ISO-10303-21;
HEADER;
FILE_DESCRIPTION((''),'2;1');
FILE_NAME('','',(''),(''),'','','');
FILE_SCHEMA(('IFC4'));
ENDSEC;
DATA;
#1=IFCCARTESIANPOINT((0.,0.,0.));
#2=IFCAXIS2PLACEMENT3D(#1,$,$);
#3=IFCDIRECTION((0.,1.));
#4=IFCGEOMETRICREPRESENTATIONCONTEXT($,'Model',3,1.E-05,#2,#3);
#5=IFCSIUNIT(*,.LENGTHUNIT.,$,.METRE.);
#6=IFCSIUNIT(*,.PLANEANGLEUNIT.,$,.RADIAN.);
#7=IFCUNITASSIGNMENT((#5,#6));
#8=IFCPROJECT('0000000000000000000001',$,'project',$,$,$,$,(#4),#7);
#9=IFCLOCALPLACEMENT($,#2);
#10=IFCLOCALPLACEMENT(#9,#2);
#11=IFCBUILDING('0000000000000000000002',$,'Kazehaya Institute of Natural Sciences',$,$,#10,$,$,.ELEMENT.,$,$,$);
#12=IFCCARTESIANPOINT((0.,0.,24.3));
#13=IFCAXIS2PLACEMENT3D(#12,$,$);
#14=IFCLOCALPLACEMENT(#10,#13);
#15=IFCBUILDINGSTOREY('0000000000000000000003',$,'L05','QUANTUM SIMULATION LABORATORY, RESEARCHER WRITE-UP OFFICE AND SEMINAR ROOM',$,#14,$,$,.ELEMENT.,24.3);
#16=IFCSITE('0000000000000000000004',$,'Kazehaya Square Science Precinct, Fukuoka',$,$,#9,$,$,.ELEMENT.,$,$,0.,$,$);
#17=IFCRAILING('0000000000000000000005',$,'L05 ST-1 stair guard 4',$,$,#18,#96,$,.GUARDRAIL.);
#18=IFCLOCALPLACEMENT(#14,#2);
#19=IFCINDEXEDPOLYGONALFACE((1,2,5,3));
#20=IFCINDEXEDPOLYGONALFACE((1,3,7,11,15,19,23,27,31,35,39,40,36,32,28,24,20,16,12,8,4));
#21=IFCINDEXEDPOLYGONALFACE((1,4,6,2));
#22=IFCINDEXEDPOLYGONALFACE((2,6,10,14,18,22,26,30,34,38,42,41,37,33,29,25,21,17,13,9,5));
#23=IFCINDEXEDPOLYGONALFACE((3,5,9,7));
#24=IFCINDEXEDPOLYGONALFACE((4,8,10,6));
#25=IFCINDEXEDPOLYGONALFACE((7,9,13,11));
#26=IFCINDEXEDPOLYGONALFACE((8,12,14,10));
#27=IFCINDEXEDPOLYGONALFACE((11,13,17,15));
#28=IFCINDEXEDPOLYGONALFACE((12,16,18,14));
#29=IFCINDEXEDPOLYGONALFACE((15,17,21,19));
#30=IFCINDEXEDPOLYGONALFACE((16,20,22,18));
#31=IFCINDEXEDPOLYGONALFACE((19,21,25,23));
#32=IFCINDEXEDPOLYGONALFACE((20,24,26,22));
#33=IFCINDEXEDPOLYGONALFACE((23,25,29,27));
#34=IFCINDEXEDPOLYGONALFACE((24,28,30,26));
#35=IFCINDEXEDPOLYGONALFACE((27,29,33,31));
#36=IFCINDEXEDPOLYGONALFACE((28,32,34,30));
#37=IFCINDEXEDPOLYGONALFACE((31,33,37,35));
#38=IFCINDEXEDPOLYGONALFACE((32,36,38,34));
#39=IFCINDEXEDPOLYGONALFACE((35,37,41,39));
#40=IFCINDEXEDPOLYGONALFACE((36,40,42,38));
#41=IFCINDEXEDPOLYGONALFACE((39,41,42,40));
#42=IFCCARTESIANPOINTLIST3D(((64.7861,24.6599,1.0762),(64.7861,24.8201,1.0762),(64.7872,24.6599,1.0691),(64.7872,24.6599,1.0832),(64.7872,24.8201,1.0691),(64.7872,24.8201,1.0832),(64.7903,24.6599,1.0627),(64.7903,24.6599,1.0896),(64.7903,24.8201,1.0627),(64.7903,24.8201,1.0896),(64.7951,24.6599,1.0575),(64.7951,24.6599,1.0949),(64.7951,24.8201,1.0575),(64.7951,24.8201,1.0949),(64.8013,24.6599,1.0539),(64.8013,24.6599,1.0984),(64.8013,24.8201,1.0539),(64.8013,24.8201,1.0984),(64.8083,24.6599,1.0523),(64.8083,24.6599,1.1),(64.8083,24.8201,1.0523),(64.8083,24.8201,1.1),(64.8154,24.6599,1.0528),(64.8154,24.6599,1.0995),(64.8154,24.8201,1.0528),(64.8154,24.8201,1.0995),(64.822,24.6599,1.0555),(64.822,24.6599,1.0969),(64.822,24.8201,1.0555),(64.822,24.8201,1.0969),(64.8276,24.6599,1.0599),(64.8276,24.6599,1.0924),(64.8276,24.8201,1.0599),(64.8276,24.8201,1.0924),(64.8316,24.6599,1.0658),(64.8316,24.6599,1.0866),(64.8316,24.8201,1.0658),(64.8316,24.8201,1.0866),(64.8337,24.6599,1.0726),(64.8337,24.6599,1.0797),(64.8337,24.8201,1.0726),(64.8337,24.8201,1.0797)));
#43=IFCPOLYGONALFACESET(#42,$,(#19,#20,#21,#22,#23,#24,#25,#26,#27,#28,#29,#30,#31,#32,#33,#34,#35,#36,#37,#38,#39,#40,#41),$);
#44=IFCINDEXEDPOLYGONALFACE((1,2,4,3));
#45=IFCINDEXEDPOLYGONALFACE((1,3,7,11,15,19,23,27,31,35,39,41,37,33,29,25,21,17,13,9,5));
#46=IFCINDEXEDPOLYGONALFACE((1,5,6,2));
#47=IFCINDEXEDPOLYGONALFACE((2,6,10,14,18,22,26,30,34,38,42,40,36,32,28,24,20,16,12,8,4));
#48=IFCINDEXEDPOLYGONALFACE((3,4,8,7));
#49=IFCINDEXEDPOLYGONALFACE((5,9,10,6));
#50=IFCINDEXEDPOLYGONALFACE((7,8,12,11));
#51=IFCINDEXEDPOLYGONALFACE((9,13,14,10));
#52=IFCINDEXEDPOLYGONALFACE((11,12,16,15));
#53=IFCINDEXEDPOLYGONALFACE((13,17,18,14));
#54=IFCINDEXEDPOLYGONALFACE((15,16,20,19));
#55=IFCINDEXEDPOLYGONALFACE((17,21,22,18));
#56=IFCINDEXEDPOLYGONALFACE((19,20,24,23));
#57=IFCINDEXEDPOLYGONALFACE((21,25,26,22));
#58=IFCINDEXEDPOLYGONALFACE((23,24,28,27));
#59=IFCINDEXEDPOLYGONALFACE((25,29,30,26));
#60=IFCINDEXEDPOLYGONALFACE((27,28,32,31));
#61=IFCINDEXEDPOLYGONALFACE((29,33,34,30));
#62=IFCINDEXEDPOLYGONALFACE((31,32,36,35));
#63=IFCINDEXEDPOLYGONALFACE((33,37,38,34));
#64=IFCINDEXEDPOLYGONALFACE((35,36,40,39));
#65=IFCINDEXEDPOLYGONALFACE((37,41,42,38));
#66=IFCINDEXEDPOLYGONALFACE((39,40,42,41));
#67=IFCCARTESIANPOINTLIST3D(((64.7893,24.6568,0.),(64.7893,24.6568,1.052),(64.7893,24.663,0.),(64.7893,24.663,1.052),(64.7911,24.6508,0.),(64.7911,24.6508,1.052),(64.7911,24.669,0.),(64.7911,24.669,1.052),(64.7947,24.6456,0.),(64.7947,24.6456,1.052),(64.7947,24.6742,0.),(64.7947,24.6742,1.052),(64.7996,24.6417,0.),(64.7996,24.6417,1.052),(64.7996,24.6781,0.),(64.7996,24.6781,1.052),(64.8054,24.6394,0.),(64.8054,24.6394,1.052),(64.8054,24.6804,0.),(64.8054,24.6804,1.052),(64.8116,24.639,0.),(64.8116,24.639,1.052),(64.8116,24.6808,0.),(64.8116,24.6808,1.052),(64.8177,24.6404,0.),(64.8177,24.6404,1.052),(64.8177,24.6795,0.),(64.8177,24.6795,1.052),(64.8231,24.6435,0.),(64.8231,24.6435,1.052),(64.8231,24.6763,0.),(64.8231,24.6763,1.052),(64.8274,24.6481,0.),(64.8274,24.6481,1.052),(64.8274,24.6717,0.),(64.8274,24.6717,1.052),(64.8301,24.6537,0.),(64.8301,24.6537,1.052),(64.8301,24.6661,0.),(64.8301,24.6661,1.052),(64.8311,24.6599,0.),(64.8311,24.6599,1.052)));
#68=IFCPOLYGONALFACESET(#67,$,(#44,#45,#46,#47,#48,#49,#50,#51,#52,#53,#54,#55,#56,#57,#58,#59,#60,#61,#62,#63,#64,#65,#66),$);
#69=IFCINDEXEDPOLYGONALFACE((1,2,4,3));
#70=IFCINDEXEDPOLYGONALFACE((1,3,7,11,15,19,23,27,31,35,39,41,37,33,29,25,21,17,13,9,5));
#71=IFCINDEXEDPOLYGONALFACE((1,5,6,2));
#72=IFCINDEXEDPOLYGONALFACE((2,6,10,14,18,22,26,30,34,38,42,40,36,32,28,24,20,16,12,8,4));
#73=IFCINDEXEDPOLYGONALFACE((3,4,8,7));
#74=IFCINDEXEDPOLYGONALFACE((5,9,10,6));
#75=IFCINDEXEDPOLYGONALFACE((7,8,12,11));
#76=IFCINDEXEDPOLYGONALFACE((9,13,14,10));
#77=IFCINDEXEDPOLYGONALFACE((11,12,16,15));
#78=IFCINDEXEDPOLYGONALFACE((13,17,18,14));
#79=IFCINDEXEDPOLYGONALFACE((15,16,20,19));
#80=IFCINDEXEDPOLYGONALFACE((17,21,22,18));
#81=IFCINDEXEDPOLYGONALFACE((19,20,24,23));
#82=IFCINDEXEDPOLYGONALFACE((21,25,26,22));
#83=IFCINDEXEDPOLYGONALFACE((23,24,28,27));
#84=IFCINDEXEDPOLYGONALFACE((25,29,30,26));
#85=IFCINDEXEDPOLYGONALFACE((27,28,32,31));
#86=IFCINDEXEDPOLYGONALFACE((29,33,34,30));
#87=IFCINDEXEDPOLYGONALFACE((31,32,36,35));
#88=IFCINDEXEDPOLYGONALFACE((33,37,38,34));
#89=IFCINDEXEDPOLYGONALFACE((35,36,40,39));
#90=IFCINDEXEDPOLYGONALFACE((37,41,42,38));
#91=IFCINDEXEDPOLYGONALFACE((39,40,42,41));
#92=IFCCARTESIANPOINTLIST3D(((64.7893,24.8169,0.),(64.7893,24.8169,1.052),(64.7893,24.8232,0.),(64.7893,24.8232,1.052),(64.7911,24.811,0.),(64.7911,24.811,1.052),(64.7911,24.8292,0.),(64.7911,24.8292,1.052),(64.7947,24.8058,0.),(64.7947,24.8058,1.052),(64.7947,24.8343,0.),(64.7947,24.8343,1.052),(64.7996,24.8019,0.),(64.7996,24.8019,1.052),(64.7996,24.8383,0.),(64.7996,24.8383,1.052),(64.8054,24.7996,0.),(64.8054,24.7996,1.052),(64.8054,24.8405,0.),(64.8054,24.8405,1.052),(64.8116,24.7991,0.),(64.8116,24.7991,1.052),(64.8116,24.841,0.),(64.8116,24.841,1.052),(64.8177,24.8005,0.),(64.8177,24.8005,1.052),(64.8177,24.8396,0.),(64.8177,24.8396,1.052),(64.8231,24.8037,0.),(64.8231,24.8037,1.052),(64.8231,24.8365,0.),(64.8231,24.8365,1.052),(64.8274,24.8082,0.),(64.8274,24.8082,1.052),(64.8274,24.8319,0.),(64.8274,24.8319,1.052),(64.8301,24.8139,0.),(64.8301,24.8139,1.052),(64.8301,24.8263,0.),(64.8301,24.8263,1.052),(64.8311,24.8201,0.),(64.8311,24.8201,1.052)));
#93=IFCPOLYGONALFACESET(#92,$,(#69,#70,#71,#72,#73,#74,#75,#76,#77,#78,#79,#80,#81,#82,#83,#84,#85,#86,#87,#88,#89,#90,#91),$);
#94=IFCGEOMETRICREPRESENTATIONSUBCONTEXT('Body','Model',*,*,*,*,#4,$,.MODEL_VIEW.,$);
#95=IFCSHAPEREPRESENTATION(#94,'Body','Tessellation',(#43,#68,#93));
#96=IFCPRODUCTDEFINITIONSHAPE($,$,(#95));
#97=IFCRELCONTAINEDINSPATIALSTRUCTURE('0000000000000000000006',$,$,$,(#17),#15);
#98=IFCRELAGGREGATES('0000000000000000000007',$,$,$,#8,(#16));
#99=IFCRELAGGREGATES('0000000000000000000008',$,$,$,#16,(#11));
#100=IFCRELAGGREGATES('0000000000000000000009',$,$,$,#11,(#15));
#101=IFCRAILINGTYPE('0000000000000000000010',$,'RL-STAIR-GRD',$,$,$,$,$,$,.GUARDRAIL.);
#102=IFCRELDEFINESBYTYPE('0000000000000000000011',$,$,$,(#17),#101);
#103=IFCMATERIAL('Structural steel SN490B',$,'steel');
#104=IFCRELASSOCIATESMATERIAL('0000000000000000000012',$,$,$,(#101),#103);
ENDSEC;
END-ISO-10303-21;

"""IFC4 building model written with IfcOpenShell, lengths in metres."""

from ifc_helpers import new_model, si_unit, direction, frame, origin, origin_2d, place, context, subcontext, project, spatial, circle, extrude, material, type_object, element, save


model = new_model("IFC4")

# Units and contexts
model_context = context("Model", 3, precision=1e-05, world=origin(), true_north=direction((0.0, 1.0)))
body_context = subcontext(model_context, "Body", "Model", "MODEL_VIEW")
ifc_project = project(units=[si_unit("LENGTHUNIT", "METRE"), si_unit("PLANEANGLEUNIT", "RADIAN")], contexts=[model_context])

# Site, building, storey
site_placement = place(None, origin())
site = spatial("IfcSite", under=ifc_project, at=site_placement, Name="Kazehaya Square Science Precinct, Fukuoka", CompositionType="ELEMENT", RefElevation=0.0)
building_placement = place(site_placement, origin())
building = spatial("IfcBuilding", under=site, at=building_placement, Name="Kazehaya Institute of Natural Sciences", CompositionType="ELEMENT")
storey_placement = place(building_placement, frame((0.0, 0.0, 24.3)))
storey = spatial("IfcBuildingStorey", under=building, at=storey_placement, Name="L05", Description="QUANTUM SIMULATION LABORATORY, RESEARCHER WRITE-UP OFFICE AND SEMINAR ROOM", CompositionType="ELEMENT", Elevation=24.3)

# Railing
ifc_material_1 = material(Name="Structural steel SN490B", Category="steel")
railing_type_1 = type_object("IfcRailingType", Name="RL-STAIR-GRD", PredefinedType="GUARDRAIL", material=ifc_material_1)
railing_1_placement = place(storey_placement, frame((64.8101, 24.6599, 0.0)))
element("IfcRailing", 1, at=railing_1_placement, inside=storey, type_object=railing_type_1, Name="L05 ST-1 stair guard 4", PredefinedType="GUARDRAIL", context=body_context, shape_type="SweptSolid", body=[
    extrude(circle(Radius=0.0239, at=origin_2d()), frame((0.0, 0.0, 1.0762), z_axis=(0.0, 1.0, 0.0), x_axis=(-1.0, 0.0, 0.0)), (0.0, 0.0, 1.0), 0.1602),
    extrude(circle(Radius=0.021, at=origin_2d()), origin(), (0.0, 0.0, 1.0), 1.052),
    extrude(circle(Radius=0.021, at=origin_2d()), frame((0.0, 0.1602, 0.0)), (0.0, 0.0, 1.0), 1.052),
])

save(model, "model.ifc")
